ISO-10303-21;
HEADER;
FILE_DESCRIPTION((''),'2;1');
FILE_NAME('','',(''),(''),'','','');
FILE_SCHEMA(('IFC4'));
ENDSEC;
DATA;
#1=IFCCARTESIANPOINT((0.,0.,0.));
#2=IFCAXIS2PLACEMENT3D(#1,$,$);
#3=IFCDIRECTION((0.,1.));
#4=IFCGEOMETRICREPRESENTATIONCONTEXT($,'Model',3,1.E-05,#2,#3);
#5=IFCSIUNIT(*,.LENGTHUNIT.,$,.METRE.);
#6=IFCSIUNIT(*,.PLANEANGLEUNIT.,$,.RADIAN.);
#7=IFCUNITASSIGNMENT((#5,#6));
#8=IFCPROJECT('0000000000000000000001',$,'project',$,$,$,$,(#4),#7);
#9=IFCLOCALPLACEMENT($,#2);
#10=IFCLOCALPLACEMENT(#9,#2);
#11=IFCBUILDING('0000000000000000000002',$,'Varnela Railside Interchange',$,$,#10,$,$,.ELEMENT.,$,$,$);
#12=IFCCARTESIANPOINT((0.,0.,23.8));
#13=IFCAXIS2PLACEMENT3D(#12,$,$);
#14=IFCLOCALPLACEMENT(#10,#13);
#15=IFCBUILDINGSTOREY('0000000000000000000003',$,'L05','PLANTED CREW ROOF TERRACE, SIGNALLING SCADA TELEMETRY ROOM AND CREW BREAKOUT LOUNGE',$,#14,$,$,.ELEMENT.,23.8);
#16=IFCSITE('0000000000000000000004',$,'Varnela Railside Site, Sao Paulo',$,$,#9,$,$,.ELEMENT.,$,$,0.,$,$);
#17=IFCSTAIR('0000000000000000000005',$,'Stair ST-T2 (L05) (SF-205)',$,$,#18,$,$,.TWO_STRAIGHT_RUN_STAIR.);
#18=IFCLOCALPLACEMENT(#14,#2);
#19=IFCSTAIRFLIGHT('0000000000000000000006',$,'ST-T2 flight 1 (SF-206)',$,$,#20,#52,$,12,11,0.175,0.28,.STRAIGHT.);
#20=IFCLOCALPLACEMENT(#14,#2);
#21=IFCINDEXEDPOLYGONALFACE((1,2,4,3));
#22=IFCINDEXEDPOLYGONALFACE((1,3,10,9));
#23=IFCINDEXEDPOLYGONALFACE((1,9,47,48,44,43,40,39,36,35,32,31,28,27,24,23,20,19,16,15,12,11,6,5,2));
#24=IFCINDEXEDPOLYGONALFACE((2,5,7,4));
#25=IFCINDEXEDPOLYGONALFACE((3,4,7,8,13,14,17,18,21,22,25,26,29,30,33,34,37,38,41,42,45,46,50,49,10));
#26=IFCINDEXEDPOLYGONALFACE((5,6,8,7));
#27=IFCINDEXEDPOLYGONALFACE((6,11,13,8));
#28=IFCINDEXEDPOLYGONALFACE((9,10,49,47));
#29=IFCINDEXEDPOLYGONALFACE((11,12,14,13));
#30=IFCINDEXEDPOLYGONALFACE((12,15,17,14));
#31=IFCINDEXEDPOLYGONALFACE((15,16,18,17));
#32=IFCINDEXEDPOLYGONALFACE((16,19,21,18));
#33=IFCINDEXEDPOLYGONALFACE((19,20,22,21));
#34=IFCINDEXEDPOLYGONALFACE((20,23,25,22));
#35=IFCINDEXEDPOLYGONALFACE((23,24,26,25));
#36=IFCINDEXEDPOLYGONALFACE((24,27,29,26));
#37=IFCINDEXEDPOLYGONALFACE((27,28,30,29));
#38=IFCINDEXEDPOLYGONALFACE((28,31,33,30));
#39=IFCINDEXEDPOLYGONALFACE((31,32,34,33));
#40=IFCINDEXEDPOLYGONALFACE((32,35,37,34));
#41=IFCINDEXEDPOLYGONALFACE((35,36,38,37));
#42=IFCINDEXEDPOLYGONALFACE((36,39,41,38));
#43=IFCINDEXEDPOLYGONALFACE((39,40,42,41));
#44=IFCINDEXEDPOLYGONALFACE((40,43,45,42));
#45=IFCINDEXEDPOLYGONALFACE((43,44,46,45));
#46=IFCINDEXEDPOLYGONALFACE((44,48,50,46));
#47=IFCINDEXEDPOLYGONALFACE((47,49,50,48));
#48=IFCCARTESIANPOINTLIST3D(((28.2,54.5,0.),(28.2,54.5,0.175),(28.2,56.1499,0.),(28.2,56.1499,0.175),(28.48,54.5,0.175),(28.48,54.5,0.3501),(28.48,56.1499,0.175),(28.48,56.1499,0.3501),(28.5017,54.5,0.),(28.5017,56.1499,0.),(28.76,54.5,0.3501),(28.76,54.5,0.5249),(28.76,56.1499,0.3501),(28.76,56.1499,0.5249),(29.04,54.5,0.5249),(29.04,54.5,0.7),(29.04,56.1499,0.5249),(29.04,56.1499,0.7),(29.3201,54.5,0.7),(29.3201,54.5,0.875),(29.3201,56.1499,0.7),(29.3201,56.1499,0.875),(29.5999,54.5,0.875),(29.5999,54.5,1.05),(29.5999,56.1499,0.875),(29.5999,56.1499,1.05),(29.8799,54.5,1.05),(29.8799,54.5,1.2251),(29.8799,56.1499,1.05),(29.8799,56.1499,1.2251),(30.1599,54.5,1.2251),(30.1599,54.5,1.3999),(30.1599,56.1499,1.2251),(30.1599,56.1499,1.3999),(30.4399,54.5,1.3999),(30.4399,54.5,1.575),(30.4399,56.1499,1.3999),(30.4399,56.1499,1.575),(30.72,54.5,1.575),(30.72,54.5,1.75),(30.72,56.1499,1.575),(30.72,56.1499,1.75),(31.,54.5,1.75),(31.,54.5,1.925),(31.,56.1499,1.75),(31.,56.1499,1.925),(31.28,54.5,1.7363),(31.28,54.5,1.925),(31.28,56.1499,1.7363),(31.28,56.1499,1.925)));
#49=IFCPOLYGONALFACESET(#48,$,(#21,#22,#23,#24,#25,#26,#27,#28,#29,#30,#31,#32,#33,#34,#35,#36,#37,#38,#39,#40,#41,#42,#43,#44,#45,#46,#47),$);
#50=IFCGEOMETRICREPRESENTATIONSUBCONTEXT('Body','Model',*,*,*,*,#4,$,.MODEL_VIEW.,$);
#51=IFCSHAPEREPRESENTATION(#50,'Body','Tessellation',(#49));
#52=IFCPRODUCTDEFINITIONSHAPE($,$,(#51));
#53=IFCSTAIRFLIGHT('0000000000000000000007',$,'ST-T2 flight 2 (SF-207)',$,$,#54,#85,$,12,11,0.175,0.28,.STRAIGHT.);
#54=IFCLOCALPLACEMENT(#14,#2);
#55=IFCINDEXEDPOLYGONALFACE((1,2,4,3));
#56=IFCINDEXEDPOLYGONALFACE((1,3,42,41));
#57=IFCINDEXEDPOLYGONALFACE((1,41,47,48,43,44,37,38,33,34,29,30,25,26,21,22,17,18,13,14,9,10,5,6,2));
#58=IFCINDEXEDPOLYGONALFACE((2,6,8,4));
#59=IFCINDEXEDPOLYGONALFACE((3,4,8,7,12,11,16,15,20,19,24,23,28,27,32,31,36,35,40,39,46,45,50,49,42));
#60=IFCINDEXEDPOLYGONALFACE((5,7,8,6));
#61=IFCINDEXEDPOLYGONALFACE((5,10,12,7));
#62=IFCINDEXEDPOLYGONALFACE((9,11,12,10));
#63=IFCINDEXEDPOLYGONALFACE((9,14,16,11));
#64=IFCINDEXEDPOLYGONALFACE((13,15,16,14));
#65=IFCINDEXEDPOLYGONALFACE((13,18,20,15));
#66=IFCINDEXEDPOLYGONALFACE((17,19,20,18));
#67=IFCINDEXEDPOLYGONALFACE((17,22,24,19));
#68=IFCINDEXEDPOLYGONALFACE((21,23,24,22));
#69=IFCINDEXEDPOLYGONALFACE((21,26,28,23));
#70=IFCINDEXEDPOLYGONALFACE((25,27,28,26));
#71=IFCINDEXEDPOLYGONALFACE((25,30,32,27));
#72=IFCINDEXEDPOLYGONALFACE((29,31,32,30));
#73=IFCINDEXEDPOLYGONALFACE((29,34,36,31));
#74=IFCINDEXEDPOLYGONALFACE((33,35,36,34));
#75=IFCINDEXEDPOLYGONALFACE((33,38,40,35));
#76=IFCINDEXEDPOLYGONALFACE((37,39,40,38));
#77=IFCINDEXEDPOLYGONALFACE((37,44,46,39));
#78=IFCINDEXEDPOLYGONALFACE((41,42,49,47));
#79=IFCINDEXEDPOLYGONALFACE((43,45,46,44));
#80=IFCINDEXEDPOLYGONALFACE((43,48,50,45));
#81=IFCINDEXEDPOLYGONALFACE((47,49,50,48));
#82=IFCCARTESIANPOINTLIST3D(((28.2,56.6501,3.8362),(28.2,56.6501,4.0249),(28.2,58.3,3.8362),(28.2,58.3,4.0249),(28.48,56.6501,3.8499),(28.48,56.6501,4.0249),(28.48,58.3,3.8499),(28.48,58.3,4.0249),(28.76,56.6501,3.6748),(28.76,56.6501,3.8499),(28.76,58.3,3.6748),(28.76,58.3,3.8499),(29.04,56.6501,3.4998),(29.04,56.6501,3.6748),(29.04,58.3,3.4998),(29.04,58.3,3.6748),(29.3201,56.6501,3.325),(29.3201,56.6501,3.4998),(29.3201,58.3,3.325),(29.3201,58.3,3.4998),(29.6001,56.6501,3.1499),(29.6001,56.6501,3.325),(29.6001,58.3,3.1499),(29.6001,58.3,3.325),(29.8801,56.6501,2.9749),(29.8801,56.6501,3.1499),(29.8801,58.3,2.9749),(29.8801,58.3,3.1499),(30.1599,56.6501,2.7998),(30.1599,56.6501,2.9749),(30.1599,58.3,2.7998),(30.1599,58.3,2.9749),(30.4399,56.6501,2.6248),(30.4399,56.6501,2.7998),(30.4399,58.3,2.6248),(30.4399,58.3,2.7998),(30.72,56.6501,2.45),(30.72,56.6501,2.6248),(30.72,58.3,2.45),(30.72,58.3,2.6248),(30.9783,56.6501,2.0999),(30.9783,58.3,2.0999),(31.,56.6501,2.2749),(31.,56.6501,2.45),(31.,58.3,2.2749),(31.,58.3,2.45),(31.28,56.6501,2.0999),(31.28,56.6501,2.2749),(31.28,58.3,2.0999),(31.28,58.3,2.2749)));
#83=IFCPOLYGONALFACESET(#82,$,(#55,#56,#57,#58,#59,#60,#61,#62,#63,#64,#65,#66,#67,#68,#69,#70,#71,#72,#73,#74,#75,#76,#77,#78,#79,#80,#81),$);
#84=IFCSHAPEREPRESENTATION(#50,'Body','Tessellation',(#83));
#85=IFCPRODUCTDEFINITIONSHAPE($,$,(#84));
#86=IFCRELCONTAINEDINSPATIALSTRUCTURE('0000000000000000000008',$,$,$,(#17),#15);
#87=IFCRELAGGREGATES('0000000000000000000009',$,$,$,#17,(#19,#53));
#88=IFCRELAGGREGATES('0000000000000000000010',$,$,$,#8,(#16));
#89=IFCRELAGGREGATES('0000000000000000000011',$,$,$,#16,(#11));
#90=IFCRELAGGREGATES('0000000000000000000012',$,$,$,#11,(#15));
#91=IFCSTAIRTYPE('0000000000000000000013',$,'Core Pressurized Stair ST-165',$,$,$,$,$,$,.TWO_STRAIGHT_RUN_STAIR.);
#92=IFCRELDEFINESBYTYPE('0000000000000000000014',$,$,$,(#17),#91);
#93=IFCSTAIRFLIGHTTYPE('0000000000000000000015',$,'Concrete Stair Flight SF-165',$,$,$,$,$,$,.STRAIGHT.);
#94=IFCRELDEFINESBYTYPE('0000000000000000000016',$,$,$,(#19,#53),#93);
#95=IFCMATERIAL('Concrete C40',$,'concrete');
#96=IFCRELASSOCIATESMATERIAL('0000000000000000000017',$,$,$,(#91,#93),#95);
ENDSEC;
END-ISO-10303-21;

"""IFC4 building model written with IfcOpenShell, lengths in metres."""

from ifc_helpers import new_model, si_unit, direction, frame, origin, place, context, subcontext, project, spatial, polyline, outline, extrude, material, type_object, element, aggregate, save


model = new_model("IFC4")

# Units and contexts
model_context = context("Model", 3, precision=1e-05, world=origin(), true_north=direction((0.0, 1.0)))
body_context = subcontext(model_context, "Body", "Model", "MODEL_VIEW")
ifc_project = project(units=[si_unit("LENGTHUNIT", "METRE"), si_unit("PLANEANGLEUNIT", "RADIAN")], contexts=[model_context])

# Site, building, storey
site_placement = place(None, origin())
site = spatial("IfcSite", under=ifc_project, at=site_placement, Name="Varnela Railside Site, Sao Paulo", CompositionType="ELEMENT", RefElevation=0.0)
building_placement = place(site_placement, origin())
building = spatial("IfcBuilding", under=site, at=building_placement, Name="Varnela Railside Interchange", CompositionType="ELEMENT")
storey_placement = place(building_placement, frame((0.0, 0.0, 23.8)))
storey = spatial("IfcBuildingStorey", under=building, at=storey_placement, Name="L05", Description="PLANTED CREW ROOF TERRACE, SIGNALLING SCADA TELEMETRY ROOM AND CREW BREAKOUT LOUNGE", CompositionType="ELEMENT", Elevation=23.8)

# Shared definitions
ifc_material_1 = material(Name="Concrete C40", Category="concrete")

# Stair, stair flights
stair_type = type_object("IfcStairType", Name="Core Pressurized Stair ST-165", PredefinedType="TWO_STRAIGHT_RUN_STAIR", material=ifc_material_1)
stair_placement = place(storey_placement, origin())
stair = element("IfcStair", 1, at=stair_placement, inside=storey, type_object=stair_type, Name="Stair ST-T2 (L05) (SF-205)", PredefinedType="TWO_STRAIGHT_RUN_STAIR")
stair_flight_type = type_object("IfcStairFlightType", Name="Concrete Stair Flight SF-165", PredefinedType="STRAIGHT", material=ifc_material_1)
stair_flight_1_placement = place(storey_placement, frame((28.2, 55.325, 0.0), z_axis=(0.0, 0.0, 1.0), x_axis=(1.0, 0.0, 0.0)))
stair_flight_1 = element("IfcStairFlight", 2, at=stair_flight_1_placement, type_object=stair_flight_type, Name="ST-T2 flight 1 (SF-206)", NumberOfRisers=12, NumberOfTreads=11, PredefinedType="STRAIGHT", RiserHeight=0.175, TreadLength=0.28, context=body_context, shape_type="SweptSolid", body=[
    extrude(outline(polyline([(0.0, 0.0), (0.0, 0.175), (0.28, 0.175), (0.28, 0.3501), (0.5601, 0.3501), (0.5601, 0.5249), (0.8401, 0.5249), (0.8401, 0.7), (1.1201, 0.7), (1.1201, 0.875), (1.3999, 0.875), (1.3999, 1.05), (1.6799, 1.05), (1.6799, 1.2251), (1.96, 1.2251), (1.96, 1.3999), (2.24, 1.3999), (2.24, 1.575), (2.52, 1.575), (2.52, 1.75), (2.8, 1.75), (2.8, 1.925), (3.0801, 1.925), (3.0801, 2.1001), (3.0801, 1.7363), (0.3018, 0.0), (0.0, 0.0)])), frame((0.0, 0.825, 0.0), z_axis=(0.0, -1.0, 0.0), x_axis=(1.0, 0.0, 0.0)), (0.0, 0.0, 1.0), 1.6499),
])
stair_flight_2_placement = place(storey_placement, frame((31.28, 57.4751, 2.0999), z_axis=(0.0, 0.0, 1.0), x_axis=(-1.0, 0.0, 0.0)))
stair_flight_2 = element("IfcStairFlight", 3, at=stair_flight_2_placement, type_object=stair_flight_type, Name="ST-T2 flight 2 (SF-207)", NumberOfRisers=12, NumberOfTreads=11, PredefinedType="STRAIGHT", RiserHeight=0.175, TreadLength=0.28, context=body_context, shape_type="SweptSolid", body=[
    extrude(outline(polyline([(0.0, 0.0), (0.0, 0.175), (0.28, 0.175), (0.28, 0.3501), (0.5601, 0.3501), (0.5601, 0.5249), (0.8401, 0.5249), (0.8401, 0.7), (1.1201, 0.7), (1.1201, 0.875), (1.3999, 0.875), (1.3999, 1.05), (1.6799, 1.05), (1.6799, 1.2251), (1.96, 1.2251), (1.96, 1.3999), (2.24, 1.3999), (2.24, 1.575), (2.52, 1.575), (2.52, 1.75), (2.8, 1.75), (2.8, 1.925), (3.0801, 1.925), (3.0801, 2.1001), (3.0801, 1.7363), (0.3018, 0.0), (0.0, 0.0)])), frame((0.0, 0.825, 0.0), z_axis=(0.0, -1.0, 0.0), x_axis=(1.0, 0.0, 0.0)), (0.0, 0.0, 1.0), 1.6499),
])
aggregate(stair, [stair_flight_1, stair_flight_2])

save(model, "model.ifc")
